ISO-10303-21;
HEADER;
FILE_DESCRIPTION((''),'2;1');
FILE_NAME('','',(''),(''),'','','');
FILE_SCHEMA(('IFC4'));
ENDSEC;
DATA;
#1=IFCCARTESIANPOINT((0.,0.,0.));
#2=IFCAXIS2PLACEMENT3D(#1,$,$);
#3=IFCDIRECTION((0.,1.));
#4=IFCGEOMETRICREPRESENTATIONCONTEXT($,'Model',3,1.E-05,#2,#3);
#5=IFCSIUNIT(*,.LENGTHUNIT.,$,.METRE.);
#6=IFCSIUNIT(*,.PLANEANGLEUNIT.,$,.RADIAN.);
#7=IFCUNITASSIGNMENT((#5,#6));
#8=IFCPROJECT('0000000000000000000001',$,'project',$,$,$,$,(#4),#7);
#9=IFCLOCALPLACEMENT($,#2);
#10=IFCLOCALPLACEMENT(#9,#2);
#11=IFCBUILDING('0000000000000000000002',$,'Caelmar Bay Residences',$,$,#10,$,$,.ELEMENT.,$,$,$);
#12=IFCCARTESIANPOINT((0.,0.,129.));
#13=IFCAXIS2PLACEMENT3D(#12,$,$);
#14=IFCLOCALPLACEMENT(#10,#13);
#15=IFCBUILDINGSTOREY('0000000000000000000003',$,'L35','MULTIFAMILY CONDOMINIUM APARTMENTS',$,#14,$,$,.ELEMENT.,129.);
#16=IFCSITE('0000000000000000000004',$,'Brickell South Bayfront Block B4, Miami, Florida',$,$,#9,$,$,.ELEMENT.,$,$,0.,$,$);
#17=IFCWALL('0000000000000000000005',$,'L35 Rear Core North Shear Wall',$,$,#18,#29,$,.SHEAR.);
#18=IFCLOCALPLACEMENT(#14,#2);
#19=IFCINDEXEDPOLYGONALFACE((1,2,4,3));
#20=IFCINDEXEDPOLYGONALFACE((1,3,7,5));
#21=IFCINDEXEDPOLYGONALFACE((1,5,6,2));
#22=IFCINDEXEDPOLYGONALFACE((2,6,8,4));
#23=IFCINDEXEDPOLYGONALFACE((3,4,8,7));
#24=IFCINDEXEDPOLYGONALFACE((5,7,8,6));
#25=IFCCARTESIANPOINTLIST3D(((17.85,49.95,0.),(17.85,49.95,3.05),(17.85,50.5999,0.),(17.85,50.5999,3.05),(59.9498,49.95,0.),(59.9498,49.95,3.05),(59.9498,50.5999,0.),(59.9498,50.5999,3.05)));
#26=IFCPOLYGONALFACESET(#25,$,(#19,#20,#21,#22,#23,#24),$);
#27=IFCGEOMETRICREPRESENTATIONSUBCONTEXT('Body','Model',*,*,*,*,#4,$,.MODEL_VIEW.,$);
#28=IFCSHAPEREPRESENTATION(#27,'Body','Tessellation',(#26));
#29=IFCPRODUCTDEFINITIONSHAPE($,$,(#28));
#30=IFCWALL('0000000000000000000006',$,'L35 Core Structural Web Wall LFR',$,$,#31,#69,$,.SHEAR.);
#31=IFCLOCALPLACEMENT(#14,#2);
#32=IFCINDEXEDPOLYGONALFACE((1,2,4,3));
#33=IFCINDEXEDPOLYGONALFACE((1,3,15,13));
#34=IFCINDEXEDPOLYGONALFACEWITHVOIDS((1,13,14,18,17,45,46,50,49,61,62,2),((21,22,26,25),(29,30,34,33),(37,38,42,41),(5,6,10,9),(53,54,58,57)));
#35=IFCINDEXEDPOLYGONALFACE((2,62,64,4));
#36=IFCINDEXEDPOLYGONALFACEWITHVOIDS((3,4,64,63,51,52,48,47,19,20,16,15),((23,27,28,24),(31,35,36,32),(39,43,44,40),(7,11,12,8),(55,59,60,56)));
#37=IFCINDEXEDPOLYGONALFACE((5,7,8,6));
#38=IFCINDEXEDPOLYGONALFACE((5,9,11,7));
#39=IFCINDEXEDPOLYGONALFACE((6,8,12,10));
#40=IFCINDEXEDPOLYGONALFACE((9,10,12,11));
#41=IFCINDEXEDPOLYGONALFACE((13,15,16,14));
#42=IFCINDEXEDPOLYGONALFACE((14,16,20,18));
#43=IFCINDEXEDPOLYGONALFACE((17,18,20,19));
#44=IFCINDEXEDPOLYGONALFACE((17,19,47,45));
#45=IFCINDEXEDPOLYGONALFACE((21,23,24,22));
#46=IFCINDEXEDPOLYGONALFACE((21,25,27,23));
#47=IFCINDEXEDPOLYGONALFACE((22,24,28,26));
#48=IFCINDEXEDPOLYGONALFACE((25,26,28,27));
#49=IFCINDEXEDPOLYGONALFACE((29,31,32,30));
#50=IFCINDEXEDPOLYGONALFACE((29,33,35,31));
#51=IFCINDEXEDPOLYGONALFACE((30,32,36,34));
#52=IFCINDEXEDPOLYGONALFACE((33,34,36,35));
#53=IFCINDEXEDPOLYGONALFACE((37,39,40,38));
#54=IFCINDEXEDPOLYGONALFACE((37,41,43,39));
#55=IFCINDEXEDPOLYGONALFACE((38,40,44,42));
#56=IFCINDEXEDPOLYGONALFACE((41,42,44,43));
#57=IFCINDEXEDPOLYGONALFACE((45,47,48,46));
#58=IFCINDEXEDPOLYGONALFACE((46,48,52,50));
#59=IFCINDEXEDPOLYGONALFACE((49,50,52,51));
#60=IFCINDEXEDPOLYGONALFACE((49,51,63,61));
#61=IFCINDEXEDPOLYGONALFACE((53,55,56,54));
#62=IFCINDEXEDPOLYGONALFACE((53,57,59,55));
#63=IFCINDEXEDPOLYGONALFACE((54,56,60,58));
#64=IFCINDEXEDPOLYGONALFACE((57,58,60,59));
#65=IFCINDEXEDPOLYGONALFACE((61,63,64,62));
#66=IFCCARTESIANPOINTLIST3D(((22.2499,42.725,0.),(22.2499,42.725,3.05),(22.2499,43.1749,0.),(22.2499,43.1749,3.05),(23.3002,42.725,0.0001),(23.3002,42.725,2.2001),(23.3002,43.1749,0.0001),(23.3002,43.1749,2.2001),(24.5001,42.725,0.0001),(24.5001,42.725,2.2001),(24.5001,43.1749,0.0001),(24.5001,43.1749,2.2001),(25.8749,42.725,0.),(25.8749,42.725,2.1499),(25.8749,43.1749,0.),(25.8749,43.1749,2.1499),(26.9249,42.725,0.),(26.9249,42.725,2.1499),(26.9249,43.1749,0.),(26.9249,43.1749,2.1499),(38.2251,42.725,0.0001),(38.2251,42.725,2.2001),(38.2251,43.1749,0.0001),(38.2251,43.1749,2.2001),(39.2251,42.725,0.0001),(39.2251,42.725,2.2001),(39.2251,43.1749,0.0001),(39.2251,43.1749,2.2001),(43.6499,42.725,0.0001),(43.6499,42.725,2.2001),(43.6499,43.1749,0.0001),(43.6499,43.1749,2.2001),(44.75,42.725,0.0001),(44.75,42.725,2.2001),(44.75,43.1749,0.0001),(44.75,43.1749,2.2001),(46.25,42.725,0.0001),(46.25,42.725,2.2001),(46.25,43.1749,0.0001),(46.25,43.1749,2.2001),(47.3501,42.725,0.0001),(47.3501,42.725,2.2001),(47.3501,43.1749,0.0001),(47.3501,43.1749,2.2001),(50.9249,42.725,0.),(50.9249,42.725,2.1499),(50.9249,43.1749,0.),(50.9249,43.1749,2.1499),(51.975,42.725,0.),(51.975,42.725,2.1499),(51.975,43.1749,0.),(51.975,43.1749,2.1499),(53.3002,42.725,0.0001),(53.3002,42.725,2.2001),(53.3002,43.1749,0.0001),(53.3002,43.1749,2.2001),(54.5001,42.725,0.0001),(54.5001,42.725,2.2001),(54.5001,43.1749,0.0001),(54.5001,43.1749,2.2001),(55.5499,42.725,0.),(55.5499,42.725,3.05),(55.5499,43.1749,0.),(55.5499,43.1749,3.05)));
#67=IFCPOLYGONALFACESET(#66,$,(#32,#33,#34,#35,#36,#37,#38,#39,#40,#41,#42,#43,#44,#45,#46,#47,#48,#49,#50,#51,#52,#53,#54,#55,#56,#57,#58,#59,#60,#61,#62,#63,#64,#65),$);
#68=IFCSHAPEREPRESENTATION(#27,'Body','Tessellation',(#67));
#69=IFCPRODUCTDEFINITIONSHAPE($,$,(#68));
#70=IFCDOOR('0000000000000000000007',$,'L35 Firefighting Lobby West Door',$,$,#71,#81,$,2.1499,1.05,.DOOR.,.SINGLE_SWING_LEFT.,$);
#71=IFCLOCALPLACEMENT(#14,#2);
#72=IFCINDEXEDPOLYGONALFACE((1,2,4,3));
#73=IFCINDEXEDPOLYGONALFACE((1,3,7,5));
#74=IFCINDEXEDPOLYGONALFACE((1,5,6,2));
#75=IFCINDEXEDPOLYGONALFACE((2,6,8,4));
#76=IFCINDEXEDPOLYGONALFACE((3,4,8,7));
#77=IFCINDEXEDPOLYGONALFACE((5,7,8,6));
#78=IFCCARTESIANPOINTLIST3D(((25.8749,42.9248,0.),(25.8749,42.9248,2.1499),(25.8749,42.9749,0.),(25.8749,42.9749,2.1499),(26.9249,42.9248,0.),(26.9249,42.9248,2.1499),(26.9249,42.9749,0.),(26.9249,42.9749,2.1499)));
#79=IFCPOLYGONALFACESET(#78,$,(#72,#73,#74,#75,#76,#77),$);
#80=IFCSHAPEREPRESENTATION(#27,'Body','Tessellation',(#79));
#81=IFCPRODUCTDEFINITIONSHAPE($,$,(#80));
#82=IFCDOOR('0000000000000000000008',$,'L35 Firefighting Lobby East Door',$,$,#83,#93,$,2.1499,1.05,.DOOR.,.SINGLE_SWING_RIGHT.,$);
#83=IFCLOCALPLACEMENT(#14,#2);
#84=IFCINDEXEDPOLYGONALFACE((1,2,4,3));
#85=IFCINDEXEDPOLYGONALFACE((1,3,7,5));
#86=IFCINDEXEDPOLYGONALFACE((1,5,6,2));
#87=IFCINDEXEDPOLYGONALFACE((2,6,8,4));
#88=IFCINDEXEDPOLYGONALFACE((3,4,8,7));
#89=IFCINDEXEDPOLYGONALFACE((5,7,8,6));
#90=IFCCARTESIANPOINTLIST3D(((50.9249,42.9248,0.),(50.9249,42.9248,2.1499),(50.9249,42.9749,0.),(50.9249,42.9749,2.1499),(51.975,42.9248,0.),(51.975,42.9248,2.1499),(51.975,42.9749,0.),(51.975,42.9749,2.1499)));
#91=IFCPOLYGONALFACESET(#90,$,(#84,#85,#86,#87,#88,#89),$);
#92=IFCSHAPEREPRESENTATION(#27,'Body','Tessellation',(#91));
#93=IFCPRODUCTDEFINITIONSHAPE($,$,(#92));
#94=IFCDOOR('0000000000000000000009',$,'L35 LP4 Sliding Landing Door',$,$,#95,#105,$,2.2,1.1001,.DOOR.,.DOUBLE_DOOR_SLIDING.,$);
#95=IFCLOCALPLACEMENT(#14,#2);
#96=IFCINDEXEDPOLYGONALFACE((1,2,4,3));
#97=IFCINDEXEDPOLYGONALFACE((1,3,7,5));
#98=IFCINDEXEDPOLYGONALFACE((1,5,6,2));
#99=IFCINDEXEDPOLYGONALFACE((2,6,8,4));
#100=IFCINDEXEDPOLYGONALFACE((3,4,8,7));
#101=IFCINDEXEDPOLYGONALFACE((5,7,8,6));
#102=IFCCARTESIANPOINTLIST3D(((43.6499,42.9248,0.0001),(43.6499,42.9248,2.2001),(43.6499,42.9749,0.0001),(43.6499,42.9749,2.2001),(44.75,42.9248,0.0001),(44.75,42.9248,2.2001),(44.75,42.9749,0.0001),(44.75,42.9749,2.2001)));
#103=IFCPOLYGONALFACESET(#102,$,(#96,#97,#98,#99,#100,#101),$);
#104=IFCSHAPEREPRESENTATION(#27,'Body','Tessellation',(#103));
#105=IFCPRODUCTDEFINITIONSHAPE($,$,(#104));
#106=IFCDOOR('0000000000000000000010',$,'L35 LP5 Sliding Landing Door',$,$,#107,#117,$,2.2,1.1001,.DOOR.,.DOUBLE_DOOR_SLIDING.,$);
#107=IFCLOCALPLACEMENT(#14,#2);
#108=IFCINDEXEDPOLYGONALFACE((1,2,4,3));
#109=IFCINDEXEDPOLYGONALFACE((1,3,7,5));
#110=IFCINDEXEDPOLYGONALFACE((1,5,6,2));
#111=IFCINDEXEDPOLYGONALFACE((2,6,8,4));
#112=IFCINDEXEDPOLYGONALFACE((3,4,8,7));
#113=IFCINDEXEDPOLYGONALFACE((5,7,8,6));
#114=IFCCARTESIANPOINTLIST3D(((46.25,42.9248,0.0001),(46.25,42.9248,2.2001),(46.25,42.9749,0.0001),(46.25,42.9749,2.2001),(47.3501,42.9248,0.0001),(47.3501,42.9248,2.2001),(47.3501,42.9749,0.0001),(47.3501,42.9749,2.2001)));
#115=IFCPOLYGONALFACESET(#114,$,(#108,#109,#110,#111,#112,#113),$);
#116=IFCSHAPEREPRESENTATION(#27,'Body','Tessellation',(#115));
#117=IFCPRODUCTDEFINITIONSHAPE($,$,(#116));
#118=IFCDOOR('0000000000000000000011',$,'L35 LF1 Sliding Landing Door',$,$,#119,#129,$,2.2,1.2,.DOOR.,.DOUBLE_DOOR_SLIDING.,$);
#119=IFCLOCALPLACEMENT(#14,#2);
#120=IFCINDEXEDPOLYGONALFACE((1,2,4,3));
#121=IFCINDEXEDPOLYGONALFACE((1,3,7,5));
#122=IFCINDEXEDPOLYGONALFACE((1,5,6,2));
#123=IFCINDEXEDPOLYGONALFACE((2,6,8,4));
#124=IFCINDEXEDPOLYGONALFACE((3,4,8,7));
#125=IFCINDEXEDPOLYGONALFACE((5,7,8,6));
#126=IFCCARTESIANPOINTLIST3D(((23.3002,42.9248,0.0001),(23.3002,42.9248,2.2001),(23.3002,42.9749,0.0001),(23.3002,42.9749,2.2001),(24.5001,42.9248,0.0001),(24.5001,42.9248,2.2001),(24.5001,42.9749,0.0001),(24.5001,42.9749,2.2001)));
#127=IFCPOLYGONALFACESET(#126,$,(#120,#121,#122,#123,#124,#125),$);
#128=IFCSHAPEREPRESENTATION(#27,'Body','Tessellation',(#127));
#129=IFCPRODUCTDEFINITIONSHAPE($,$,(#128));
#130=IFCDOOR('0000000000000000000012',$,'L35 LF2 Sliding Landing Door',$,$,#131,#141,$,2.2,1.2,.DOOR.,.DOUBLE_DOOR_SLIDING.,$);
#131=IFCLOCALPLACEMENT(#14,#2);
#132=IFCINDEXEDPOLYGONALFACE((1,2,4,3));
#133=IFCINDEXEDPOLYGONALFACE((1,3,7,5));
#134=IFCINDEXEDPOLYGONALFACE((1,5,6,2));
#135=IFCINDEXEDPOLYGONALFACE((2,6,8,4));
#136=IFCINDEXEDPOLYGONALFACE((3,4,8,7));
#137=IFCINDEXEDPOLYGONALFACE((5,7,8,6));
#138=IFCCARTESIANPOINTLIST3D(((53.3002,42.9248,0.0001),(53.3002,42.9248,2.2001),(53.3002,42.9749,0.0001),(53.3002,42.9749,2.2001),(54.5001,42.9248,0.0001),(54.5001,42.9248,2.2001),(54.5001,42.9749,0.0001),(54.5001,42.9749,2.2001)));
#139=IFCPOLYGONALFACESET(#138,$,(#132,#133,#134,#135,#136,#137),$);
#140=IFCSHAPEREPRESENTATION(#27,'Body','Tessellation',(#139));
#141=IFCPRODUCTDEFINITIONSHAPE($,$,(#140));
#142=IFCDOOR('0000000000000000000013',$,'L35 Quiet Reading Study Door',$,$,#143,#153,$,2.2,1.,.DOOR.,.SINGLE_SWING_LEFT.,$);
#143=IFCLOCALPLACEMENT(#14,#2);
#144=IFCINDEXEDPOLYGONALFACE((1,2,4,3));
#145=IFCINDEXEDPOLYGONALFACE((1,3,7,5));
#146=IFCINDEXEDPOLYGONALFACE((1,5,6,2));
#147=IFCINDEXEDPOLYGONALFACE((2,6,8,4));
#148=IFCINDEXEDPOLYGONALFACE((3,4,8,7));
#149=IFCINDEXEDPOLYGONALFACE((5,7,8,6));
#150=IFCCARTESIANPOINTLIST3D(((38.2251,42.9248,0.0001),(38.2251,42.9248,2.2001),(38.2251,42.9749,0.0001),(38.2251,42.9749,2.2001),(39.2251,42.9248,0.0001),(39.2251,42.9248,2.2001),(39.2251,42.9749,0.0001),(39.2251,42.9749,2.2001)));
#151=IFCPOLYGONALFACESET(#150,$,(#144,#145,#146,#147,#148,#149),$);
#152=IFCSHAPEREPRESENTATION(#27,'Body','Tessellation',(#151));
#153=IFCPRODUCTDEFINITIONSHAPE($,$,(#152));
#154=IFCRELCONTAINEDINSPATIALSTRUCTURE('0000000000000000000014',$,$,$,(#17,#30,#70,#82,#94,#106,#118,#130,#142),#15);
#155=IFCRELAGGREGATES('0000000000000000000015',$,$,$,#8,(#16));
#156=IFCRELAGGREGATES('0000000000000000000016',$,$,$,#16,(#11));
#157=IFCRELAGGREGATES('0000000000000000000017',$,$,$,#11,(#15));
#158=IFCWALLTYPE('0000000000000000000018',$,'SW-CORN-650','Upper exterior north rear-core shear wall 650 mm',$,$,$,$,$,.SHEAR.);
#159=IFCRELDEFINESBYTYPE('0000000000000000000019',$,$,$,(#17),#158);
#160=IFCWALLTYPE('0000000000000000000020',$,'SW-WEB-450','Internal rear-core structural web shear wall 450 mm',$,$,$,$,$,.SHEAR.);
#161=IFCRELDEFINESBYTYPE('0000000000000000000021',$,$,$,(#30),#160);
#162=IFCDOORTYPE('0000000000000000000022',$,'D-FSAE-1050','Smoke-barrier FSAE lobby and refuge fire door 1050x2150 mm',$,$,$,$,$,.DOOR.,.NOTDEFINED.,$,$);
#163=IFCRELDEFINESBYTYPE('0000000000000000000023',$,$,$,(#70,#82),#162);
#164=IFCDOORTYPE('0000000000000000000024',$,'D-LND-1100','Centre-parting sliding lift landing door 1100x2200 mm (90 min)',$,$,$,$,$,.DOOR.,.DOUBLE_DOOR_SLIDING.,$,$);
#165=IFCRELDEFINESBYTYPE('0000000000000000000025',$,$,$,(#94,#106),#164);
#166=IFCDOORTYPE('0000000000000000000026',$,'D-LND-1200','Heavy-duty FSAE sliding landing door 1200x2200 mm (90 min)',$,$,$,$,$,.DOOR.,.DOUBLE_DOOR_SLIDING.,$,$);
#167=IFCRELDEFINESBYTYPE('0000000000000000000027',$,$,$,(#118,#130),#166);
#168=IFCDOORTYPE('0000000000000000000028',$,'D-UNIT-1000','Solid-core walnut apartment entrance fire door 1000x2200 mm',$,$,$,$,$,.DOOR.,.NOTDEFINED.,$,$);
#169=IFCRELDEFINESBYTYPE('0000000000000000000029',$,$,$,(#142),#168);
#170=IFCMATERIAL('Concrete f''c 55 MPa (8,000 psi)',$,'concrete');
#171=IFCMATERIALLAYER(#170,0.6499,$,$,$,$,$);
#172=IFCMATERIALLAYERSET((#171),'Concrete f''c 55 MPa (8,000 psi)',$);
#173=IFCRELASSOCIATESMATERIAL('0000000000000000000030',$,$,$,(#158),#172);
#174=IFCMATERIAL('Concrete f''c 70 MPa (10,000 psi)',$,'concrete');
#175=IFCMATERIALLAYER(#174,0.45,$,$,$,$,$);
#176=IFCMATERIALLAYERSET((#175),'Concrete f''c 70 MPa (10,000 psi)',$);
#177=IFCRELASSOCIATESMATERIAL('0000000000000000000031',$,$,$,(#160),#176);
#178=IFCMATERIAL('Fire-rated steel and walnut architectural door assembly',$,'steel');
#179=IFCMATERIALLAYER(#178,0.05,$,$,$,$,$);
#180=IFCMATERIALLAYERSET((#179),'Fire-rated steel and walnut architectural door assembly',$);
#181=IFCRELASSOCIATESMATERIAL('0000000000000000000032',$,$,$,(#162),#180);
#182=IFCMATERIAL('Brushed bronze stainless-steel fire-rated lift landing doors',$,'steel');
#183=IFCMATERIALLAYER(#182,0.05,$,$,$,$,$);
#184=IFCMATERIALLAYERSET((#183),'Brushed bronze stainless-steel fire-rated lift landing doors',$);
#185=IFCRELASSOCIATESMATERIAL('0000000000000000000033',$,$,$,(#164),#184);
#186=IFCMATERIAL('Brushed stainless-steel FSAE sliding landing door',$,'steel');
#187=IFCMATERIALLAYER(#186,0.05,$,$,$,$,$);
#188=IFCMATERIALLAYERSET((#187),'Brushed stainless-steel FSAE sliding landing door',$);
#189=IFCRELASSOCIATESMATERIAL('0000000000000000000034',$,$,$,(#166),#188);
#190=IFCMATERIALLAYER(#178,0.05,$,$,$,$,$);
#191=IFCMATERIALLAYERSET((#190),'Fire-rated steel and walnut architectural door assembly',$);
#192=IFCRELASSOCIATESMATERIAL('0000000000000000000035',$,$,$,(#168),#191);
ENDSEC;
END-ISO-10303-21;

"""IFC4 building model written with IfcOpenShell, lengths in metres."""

from ifc_helpers import new_model, si_unit, direction, frame, frame_2d, origin, place, context, subcontext, project, spatial, rectangle, extrude, material, layer, layer_set, type_object, element, fill, save


model = new_model("IFC4")

# Units and contexts
model_context = context("Model", 3, precision=1e-05, world=origin(), true_north=direction((0.0, 1.0)))
body_context = subcontext(model_context, "Body", "Model", "MODEL_VIEW")
ifc_project = project(units=[si_unit("LENGTHUNIT", "METRE"), si_unit("PLANEANGLEUNIT", "RADIAN")], contexts=[model_context])

# Site, building, storey
site_placement = place(None, origin())
site = spatial("IfcSite", under=ifc_project, at=site_placement, Name="Brickell South Bayfront Block B4, Miami, Florida", CompositionType="ELEMENT", RefElevation=0.0)
building_placement = place(site_placement, origin())
building = spatial("IfcBuilding", under=site, at=building_placement, Name="Caelmar Bay Residences", CompositionType="ELEMENT")
storey_placement = place(building_placement, frame((0.0, 0.0, 129.0)))
storey = spatial("IfcBuildingStorey", under=building, at=storey_placement, Name="L35", Description="MULTIFAMILY CONDOMINIUM APARTMENTS", CompositionType="ELEMENT", Elevation=129.0)

# Shared definitions
ifc_material_1 = material(Name="Concrete f'c 55 MPa (8,000 psi)", Category="concrete")
ifc_material_2 = material(Name="Fire-rated steel and walnut architectural door assembly", Category="steel")

# Wall
ifc_layer_1 = layer(ifc_material_1, 0.6499)
ifc_layer_set_1 = layer_set([ifc_layer_1], Name="Concrete f'c 55 MPa (8,000 psi)")
wall_type_1 = type_object("IfcWallType", Name="SW-CORN-650", Description="Upper exterior north rear-core shear wall 650 mm", PredefinedType="SHEAR", material=ifc_layer_set_1)
wall_1_placement = place(storey_placement, frame((17.8501, 50.2749, 0.0), z_axis=(0.0, 0.0, 1.0), x_axis=(1.0, 0.0, 0.0)))
element("IfcWall", 1, at=wall_1_placement, inside=storey, type_object=wall_type_1, Name="L35 Rear Core North Shear Wall", PredefinedType="SHEAR", context=body_context, shape_type="SweptSolid", body=[
    extrude(rectangle(XDim=42.0999, YDim=0.6499, at=frame_2d((21.0498, 0.0))), origin(), (0.0, 0.0, 1.0), 3.05),
])

# Wall, openings, doors
ifc_material_3 = material(Name="Concrete f'c 70 MPa (10,000 psi)", Category="concrete")
ifc_layer_2 = layer(ifc_material_3, 0.45)
ifc_layer_set_2 = layer_set([ifc_layer_2], Name="Concrete f'c 70 MPa (10,000 psi)")
wall_type_2 = type_object("IfcWallType", Name="SW-WEB-450", Description="Internal rear-core structural web shear wall 450 mm", PredefinedType="SHEAR", material=ifc_layer_set_2)
wall_2_placement = place(storey_placement, frame((22.25, 42.95, 0.0), z_axis=(0.0, 0.0, 1.0), x_axis=(1.0, 0.0, 0.0)))
wall_2 = element("IfcWall", 2, at=wall_2_placement, inside=storey, type_object=wall_type_2, Name="L35 Core Structural Web Wall LFR", PredefinedType="SHEAR", context=body_context, shape_type="SweptSolid", body=[
    extrude(rectangle(XDim=33.3, YDim=0.45, at=frame_2d((16.6499, 0.0))), origin(), (0.0, 0.0, 1.0), 3.05),
])
opening_1_placement = place(wall_2_placement, frame((1.05, 0.0, 0.0)))
opening_1 = element("IfcOpeningElement", 3, at=opening_1_placement, cuts=wall_2, PredefinedType="OPENING", context=body_context, shape_type="SweptSolid", body=[
    extrude(rectangle(XDim=1.2, YDim=2.2, at=frame_2d((0.6001, 1.1001))), frame((0.0, 0.2349, 0.0), z_axis=(0.0, -1.0, 0.0), x_axis=(1.0, 0.0, 0.0)), (0.0, 0.0, 1.0), 0.47),
])
opening_2_placement = place(wall_2_placement, frame((31.05, 0.0, 0.0)))
opening_2 = element("IfcOpeningElement", 4, at=opening_2_placement, cuts=wall_2, PredefinedType="OPENING", context=body_context, shape_type="SweptSolid", body=[
    extrude(rectangle(XDim=1.2, YDim=2.2, at=frame_2d((0.6001, 1.1001))), frame((0.0, 0.2349, 0.0), z_axis=(0.0, -1.0, 0.0), x_axis=(1.0, 0.0, 0.0)), (0.0, 0.0, 1.0), 0.47),
])
opening_3_placement = place(wall_2_placement, frame((21.3999, 0.0, 0.0)))
opening_3 = element("IfcOpeningElement", 5, at=opening_3_placement, cuts=wall_2, PredefinedType="OPENING", context=body_context, shape_type="SweptSolid", body=[
    extrude(rectangle(XDim=1.1001, YDim=2.2, at=frame_2d((0.55, 1.1001))), frame((0.0, 0.2349, 0.0), z_axis=(0.0, -1.0, 0.0), x_axis=(1.0, 0.0, 0.0)), (0.0, 0.0, 1.0), 0.47),
])
opening_4_placement = place(wall_2_placement, frame((24.0, 0.0, 0.0)))
opening_4 = element("IfcOpeningElement", 6, at=opening_4_placement, cuts=wall_2, PredefinedType="OPENING", context=body_context, shape_type="SweptSolid", body=[
    extrude(rectangle(XDim=1.1001, YDim=2.2, at=frame_2d((0.55, 1.1001))), frame((0.0, 0.2349, 0.0), z_axis=(0.0, -1.0, 0.0), x_axis=(1.0, 0.0, 0.0)), (0.0, 0.0, 1.0), 0.47),
])
opening_5_placement = place(wall_2_placement, frame((3.625, 0.0, 0.0)))
opening_5 = element("IfcOpeningElement", 7, at=opening_5_placement, cuts=wall_2, PredefinedType="OPENING", context=body_context, shape_type="SweptSolid", body=[
    extrude(rectangle(XDim=1.05, YDim=2.1499, at=frame_2d((0.5249, 1.075))), frame((0.0, 0.2349, 0.0), z_axis=(0.0, -1.0, 0.0), x_axis=(1.0, 0.0, 0.0)), (0.0, 0.0, 1.0), 0.47),
])
opening_6_placement = place(wall_2_placement, frame((28.675, 0.0, 0.0)))
opening_6 = element("IfcOpeningElement", 8, at=opening_6_placement, cuts=wall_2, PredefinedType="OPENING", context=body_context, shape_type="SweptSolid", body=[
    extrude(rectangle(XDim=1.05, YDim=2.1499, at=frame_2d((0.5249, 1.075))), frame((0.0, 0.2349, 0.0), z_axis=(0.0, -1.0, 0.0), x_axis=(1.0, 0.0, 0.0)), (0.0, 0.0, 1.0), 0.47),
])
opening_7_placement = place(wall_2_placement, frame((15.9751, 0.0, 0.0)))
opening_7 = element("IfcOpeningElement", 9, at=opening_7_placement, cuts=wall_2, PredefinedType="OPENING", context=body_context, shape_type="SweptSolid", body=[
    extrude(rectangle(XDim=1.0, YDim=2.2, at=frame_2d((0.5, 1.1001))), frame((0.0, 0.2349, 0.0), z_axis=(0.0, -1.0, 0.0), x_axis=(1.0, 0.0, 0.0)), (0.0, 0.0, 1.0), 0.47),
])
ifc_layer_3 = layer(ifc_material_2, 0.05)
ifc_layer_set_3 = layer_set([ifc_layer_3], Name="Fire-rated steel and walnut architectural door assembly")
door_type_1 = type_object("IfcDoorType", Name="D-FSAE-1050", Description="Smoke-barrier FSAE lobby and refuge fire door 1050x2150 mm", OperationType="NOTDEFINED", PredefinedType="DOOR", material=ifc_layer_set_3)
door_1_placement = place(opening_5_placement, origin())
door_1 = element("IfcDoor", 10, at=door_1_placement, inside=storey, type_object=door_type_1, Name="L35 Firefighting Lobby West Door", OperationType="SINGLE_SWING_LEFT", OverallHeight=2.1499, OverallWidth=1.05, PredefinedType="DOOR", context=body_context, shape_type="SweptSolid", body=[
    extrude(rectangle(XDim=1.05, YDim=2.1499, at=frame_2d((0.5249, 1.075))), frame((0.0, 0.0249, 0.0), z_axis=(0.0, -1.0, 0.0), x_axis=(1.0, 0.0, 0.0)), (0.0, 0.0, 1.0), 0.05),
])
fill(opening_5, door_1)
door_2_placement = place(opening_6_placement, origin())
door_2 = element("IfcDoor", 11, at=door_2_placement, inside=storey, type_object=door_type_1, Name="L35 Firefighting Lobby East Door", OperationType="SINGLE_SWING_RIGHT", OverallHeight=2.1499, OverallWidth=1.05, PredefinedType="DOOR", context=body_context, shape_type="SweptSolid", body=[
    extrude(rectangle(XDim=1.05, YDim=2.1499, at=frame_2d((0.5249, 1.075))), frame((0.0, 0.0249, 0.0), z_axis=(0.0, -1.0, 0.0), x_axis=(1.0, 0.0, 0.0)), (0.0, 0.0, 1.0), 0.05),
])
fill(opening_6, door_2)
ifc_material_4 = material(Name="Brushed bronze stainless-steel fire-rated lift landing doors", Category="steel")
ifc_layer_4 = layer(ifc_material_4, 0.05)
ifc_layer_set_4 = layer_set([ifc_layer_4], Name="Brushed bronze stainless-steel fire-rated lift landing doors")
door_type_2 = type_object("IfcDoorType", Name="D-LND-1100", Description="Centre-parting sliding lift landing door 1100x2200 mm (90 min)", OperationType="DOUBLE_DOOR_SLIDING", PredefinedType="DOOR", material=ifc_layer_set_4)
door_3_placement = place(opening_3_placement, origin())
door_3 = element("IfcDoor", 12, at=door_3_placement, inside=storey, type_object=door_type_2, Name="L35 LP4 Sliding Landing Door", OperationType="DOUBLE_DOOR_SLIDING", OverallHeight=2.2, OverallWidth=1.1001, PredefinedType="DOOR", context=body_context, shape_type="SweptSolid", body=[
    extrude(rectangle(XDim=1.1001, YDim=2.2, at=frame_2d((0.55, 1.1001))), frame((0.0, 0.0249, 0.0), z_axis=(0.0, -1.0, 0.0), x_axis=(1.0, 0.0, 0.0)), (0.0, 0.0, 1.0), 0.05),
])
fill(opening_3, door_3)
door_4_placement = place(opening_4_placement, origin())
door_4 = element("IfcDoor", 13, at=door_4_placement, inside=storey, type_object=door_type_2, Name="L35 LP5 Sliding Landing Door", OperationType="DOUBLE_DOOR_SLIDING", OverallHeight=2.2, OverallWidth=1.1001, PredefinedType="DOOR", context=body_context, shape_type="SweptSolid", body=[
    extrude(rectangle(XDim=1.1001, YDim=2.2, at=frame_2d((0.55, 1.1001))), frame((0.0, 0.0249, 0.0), z_axis=(0.0, -1.0, 0.0), x_axis=(1.0, 0.0, 0.0)), (0.0, 0.0, 1.0), 0.05),
])
fill(opening_4, door_4)
ifc_material_5 = material(Name="Brushed stainless-steel FSAE sliding landing door", Category="steel")
ifc_layer_5 = layer(ifc_material_5, 0.05)
ifc_layer_set_5 = layer_set([ifc_layer_5], Name="Brushed stainless-steel FSAE sliding landing door")
door_type_3 = type_object("IfcDoorType", Name="D-LND-1200", Description="Heavy-duty FSAE sliding landing door 1200x2200 mm (90 min)", OperationType="DOUBLE_DOOR_SLIDING", PredefinedType="DOOR", material=ifc_layer_set_5)
door_5_placement = place(opening_1_placement, origin())
door_5 = element("IfcDoor", 14, at=door_5_placement, inside=storey, type_object=door_type_3, Name="L35 LF1 Sliding Landing Door", OperationType="DOUBLE_DOOR_SLIDING", OverallHeight=2.2, OverallWidth=1.2, PredefinedType="DOOR", context=body_context, shape_type="SweptSolid", body=[
    extrude(rectangle(XDim=1.2, YDim=2.2, at=frame_2d((0.6001, 1.1001))), frame((0.0, 0.0249, 0.0), z_axis=(0.0, -1.0, 0.0), x_axis=(1.0, 0.0, 0.0)), (0.0, 0.0, 1.0), 0.05),
])
fill(opening_1, door_5)
door_6_placement = place(opening_2_placement, origin())
door_6 = element("IfcDoor", 15, at=door_6_placement, inside=storey, type_object=door_type_3, Name="L35 LF2 Sliding Landing Door", OperationType="DOUBLE_DOOR_SLIDING", OverallHeight=2.2, OverallWidth=1.2, PredefinedType="DOOR", context=body_context, shape_type="SweptSolid", body=[
    extrude(rectangle(XDim=1.2, YDim=2.2, at=frame_2d((0.6001, 1.1001))), frame((0.0, 0.0249, 0.0), z_axis=(0.0, -1.0, 0.0), x_axis=(1.0, 0.0, 0.0)), (0.0, 0.0, 1.0), 0.05),
])
fill(opening_2, door_6)
ifc_layer_6 = layer(ifc_material_2, 0.05)
ifc_layer_set_6 = layer_set([ifc_layer_6], Name="Fire-rated steel and walnut architectural door assembly")
door_type_4 = type_object("IfcDoorType", Name="D-UNIT-1000", Description="Solid-core walnut apartment entrance fire door 1000x2200 mm", OperationType="NOTDEFINED", PredefinedType="DOOR", material=ifc_layer_set_6)
door_7_placement = place(opening_7_placement, origin())
door_7 = element("IfcDoor", 16, at=door_7_placement, inside=storey, type_object=door_type_4, Name="L35 Quiet Reading Study Door", OperationType="SINGLE_SWING_LEFT", OverallHeight=2.2, OverallWidth=1.0, PredefinedType="DOOR", context=body_context, shape_type="SweptSolid", body=[
    extrude(rectangle(XDim=1.0, YDim=2.2, at=frame_2d((0.5, 1.1001))), frame((0.0, 0.0249, 0.0), z_axis=(0.0, -1.0, 0.0), x_axis=(1.0, 0.0, 0.0)), (0.0, 0.0, 1.0), 0.05),
])
fill(opening_7, door_7)

save(model, "model.ifc")
